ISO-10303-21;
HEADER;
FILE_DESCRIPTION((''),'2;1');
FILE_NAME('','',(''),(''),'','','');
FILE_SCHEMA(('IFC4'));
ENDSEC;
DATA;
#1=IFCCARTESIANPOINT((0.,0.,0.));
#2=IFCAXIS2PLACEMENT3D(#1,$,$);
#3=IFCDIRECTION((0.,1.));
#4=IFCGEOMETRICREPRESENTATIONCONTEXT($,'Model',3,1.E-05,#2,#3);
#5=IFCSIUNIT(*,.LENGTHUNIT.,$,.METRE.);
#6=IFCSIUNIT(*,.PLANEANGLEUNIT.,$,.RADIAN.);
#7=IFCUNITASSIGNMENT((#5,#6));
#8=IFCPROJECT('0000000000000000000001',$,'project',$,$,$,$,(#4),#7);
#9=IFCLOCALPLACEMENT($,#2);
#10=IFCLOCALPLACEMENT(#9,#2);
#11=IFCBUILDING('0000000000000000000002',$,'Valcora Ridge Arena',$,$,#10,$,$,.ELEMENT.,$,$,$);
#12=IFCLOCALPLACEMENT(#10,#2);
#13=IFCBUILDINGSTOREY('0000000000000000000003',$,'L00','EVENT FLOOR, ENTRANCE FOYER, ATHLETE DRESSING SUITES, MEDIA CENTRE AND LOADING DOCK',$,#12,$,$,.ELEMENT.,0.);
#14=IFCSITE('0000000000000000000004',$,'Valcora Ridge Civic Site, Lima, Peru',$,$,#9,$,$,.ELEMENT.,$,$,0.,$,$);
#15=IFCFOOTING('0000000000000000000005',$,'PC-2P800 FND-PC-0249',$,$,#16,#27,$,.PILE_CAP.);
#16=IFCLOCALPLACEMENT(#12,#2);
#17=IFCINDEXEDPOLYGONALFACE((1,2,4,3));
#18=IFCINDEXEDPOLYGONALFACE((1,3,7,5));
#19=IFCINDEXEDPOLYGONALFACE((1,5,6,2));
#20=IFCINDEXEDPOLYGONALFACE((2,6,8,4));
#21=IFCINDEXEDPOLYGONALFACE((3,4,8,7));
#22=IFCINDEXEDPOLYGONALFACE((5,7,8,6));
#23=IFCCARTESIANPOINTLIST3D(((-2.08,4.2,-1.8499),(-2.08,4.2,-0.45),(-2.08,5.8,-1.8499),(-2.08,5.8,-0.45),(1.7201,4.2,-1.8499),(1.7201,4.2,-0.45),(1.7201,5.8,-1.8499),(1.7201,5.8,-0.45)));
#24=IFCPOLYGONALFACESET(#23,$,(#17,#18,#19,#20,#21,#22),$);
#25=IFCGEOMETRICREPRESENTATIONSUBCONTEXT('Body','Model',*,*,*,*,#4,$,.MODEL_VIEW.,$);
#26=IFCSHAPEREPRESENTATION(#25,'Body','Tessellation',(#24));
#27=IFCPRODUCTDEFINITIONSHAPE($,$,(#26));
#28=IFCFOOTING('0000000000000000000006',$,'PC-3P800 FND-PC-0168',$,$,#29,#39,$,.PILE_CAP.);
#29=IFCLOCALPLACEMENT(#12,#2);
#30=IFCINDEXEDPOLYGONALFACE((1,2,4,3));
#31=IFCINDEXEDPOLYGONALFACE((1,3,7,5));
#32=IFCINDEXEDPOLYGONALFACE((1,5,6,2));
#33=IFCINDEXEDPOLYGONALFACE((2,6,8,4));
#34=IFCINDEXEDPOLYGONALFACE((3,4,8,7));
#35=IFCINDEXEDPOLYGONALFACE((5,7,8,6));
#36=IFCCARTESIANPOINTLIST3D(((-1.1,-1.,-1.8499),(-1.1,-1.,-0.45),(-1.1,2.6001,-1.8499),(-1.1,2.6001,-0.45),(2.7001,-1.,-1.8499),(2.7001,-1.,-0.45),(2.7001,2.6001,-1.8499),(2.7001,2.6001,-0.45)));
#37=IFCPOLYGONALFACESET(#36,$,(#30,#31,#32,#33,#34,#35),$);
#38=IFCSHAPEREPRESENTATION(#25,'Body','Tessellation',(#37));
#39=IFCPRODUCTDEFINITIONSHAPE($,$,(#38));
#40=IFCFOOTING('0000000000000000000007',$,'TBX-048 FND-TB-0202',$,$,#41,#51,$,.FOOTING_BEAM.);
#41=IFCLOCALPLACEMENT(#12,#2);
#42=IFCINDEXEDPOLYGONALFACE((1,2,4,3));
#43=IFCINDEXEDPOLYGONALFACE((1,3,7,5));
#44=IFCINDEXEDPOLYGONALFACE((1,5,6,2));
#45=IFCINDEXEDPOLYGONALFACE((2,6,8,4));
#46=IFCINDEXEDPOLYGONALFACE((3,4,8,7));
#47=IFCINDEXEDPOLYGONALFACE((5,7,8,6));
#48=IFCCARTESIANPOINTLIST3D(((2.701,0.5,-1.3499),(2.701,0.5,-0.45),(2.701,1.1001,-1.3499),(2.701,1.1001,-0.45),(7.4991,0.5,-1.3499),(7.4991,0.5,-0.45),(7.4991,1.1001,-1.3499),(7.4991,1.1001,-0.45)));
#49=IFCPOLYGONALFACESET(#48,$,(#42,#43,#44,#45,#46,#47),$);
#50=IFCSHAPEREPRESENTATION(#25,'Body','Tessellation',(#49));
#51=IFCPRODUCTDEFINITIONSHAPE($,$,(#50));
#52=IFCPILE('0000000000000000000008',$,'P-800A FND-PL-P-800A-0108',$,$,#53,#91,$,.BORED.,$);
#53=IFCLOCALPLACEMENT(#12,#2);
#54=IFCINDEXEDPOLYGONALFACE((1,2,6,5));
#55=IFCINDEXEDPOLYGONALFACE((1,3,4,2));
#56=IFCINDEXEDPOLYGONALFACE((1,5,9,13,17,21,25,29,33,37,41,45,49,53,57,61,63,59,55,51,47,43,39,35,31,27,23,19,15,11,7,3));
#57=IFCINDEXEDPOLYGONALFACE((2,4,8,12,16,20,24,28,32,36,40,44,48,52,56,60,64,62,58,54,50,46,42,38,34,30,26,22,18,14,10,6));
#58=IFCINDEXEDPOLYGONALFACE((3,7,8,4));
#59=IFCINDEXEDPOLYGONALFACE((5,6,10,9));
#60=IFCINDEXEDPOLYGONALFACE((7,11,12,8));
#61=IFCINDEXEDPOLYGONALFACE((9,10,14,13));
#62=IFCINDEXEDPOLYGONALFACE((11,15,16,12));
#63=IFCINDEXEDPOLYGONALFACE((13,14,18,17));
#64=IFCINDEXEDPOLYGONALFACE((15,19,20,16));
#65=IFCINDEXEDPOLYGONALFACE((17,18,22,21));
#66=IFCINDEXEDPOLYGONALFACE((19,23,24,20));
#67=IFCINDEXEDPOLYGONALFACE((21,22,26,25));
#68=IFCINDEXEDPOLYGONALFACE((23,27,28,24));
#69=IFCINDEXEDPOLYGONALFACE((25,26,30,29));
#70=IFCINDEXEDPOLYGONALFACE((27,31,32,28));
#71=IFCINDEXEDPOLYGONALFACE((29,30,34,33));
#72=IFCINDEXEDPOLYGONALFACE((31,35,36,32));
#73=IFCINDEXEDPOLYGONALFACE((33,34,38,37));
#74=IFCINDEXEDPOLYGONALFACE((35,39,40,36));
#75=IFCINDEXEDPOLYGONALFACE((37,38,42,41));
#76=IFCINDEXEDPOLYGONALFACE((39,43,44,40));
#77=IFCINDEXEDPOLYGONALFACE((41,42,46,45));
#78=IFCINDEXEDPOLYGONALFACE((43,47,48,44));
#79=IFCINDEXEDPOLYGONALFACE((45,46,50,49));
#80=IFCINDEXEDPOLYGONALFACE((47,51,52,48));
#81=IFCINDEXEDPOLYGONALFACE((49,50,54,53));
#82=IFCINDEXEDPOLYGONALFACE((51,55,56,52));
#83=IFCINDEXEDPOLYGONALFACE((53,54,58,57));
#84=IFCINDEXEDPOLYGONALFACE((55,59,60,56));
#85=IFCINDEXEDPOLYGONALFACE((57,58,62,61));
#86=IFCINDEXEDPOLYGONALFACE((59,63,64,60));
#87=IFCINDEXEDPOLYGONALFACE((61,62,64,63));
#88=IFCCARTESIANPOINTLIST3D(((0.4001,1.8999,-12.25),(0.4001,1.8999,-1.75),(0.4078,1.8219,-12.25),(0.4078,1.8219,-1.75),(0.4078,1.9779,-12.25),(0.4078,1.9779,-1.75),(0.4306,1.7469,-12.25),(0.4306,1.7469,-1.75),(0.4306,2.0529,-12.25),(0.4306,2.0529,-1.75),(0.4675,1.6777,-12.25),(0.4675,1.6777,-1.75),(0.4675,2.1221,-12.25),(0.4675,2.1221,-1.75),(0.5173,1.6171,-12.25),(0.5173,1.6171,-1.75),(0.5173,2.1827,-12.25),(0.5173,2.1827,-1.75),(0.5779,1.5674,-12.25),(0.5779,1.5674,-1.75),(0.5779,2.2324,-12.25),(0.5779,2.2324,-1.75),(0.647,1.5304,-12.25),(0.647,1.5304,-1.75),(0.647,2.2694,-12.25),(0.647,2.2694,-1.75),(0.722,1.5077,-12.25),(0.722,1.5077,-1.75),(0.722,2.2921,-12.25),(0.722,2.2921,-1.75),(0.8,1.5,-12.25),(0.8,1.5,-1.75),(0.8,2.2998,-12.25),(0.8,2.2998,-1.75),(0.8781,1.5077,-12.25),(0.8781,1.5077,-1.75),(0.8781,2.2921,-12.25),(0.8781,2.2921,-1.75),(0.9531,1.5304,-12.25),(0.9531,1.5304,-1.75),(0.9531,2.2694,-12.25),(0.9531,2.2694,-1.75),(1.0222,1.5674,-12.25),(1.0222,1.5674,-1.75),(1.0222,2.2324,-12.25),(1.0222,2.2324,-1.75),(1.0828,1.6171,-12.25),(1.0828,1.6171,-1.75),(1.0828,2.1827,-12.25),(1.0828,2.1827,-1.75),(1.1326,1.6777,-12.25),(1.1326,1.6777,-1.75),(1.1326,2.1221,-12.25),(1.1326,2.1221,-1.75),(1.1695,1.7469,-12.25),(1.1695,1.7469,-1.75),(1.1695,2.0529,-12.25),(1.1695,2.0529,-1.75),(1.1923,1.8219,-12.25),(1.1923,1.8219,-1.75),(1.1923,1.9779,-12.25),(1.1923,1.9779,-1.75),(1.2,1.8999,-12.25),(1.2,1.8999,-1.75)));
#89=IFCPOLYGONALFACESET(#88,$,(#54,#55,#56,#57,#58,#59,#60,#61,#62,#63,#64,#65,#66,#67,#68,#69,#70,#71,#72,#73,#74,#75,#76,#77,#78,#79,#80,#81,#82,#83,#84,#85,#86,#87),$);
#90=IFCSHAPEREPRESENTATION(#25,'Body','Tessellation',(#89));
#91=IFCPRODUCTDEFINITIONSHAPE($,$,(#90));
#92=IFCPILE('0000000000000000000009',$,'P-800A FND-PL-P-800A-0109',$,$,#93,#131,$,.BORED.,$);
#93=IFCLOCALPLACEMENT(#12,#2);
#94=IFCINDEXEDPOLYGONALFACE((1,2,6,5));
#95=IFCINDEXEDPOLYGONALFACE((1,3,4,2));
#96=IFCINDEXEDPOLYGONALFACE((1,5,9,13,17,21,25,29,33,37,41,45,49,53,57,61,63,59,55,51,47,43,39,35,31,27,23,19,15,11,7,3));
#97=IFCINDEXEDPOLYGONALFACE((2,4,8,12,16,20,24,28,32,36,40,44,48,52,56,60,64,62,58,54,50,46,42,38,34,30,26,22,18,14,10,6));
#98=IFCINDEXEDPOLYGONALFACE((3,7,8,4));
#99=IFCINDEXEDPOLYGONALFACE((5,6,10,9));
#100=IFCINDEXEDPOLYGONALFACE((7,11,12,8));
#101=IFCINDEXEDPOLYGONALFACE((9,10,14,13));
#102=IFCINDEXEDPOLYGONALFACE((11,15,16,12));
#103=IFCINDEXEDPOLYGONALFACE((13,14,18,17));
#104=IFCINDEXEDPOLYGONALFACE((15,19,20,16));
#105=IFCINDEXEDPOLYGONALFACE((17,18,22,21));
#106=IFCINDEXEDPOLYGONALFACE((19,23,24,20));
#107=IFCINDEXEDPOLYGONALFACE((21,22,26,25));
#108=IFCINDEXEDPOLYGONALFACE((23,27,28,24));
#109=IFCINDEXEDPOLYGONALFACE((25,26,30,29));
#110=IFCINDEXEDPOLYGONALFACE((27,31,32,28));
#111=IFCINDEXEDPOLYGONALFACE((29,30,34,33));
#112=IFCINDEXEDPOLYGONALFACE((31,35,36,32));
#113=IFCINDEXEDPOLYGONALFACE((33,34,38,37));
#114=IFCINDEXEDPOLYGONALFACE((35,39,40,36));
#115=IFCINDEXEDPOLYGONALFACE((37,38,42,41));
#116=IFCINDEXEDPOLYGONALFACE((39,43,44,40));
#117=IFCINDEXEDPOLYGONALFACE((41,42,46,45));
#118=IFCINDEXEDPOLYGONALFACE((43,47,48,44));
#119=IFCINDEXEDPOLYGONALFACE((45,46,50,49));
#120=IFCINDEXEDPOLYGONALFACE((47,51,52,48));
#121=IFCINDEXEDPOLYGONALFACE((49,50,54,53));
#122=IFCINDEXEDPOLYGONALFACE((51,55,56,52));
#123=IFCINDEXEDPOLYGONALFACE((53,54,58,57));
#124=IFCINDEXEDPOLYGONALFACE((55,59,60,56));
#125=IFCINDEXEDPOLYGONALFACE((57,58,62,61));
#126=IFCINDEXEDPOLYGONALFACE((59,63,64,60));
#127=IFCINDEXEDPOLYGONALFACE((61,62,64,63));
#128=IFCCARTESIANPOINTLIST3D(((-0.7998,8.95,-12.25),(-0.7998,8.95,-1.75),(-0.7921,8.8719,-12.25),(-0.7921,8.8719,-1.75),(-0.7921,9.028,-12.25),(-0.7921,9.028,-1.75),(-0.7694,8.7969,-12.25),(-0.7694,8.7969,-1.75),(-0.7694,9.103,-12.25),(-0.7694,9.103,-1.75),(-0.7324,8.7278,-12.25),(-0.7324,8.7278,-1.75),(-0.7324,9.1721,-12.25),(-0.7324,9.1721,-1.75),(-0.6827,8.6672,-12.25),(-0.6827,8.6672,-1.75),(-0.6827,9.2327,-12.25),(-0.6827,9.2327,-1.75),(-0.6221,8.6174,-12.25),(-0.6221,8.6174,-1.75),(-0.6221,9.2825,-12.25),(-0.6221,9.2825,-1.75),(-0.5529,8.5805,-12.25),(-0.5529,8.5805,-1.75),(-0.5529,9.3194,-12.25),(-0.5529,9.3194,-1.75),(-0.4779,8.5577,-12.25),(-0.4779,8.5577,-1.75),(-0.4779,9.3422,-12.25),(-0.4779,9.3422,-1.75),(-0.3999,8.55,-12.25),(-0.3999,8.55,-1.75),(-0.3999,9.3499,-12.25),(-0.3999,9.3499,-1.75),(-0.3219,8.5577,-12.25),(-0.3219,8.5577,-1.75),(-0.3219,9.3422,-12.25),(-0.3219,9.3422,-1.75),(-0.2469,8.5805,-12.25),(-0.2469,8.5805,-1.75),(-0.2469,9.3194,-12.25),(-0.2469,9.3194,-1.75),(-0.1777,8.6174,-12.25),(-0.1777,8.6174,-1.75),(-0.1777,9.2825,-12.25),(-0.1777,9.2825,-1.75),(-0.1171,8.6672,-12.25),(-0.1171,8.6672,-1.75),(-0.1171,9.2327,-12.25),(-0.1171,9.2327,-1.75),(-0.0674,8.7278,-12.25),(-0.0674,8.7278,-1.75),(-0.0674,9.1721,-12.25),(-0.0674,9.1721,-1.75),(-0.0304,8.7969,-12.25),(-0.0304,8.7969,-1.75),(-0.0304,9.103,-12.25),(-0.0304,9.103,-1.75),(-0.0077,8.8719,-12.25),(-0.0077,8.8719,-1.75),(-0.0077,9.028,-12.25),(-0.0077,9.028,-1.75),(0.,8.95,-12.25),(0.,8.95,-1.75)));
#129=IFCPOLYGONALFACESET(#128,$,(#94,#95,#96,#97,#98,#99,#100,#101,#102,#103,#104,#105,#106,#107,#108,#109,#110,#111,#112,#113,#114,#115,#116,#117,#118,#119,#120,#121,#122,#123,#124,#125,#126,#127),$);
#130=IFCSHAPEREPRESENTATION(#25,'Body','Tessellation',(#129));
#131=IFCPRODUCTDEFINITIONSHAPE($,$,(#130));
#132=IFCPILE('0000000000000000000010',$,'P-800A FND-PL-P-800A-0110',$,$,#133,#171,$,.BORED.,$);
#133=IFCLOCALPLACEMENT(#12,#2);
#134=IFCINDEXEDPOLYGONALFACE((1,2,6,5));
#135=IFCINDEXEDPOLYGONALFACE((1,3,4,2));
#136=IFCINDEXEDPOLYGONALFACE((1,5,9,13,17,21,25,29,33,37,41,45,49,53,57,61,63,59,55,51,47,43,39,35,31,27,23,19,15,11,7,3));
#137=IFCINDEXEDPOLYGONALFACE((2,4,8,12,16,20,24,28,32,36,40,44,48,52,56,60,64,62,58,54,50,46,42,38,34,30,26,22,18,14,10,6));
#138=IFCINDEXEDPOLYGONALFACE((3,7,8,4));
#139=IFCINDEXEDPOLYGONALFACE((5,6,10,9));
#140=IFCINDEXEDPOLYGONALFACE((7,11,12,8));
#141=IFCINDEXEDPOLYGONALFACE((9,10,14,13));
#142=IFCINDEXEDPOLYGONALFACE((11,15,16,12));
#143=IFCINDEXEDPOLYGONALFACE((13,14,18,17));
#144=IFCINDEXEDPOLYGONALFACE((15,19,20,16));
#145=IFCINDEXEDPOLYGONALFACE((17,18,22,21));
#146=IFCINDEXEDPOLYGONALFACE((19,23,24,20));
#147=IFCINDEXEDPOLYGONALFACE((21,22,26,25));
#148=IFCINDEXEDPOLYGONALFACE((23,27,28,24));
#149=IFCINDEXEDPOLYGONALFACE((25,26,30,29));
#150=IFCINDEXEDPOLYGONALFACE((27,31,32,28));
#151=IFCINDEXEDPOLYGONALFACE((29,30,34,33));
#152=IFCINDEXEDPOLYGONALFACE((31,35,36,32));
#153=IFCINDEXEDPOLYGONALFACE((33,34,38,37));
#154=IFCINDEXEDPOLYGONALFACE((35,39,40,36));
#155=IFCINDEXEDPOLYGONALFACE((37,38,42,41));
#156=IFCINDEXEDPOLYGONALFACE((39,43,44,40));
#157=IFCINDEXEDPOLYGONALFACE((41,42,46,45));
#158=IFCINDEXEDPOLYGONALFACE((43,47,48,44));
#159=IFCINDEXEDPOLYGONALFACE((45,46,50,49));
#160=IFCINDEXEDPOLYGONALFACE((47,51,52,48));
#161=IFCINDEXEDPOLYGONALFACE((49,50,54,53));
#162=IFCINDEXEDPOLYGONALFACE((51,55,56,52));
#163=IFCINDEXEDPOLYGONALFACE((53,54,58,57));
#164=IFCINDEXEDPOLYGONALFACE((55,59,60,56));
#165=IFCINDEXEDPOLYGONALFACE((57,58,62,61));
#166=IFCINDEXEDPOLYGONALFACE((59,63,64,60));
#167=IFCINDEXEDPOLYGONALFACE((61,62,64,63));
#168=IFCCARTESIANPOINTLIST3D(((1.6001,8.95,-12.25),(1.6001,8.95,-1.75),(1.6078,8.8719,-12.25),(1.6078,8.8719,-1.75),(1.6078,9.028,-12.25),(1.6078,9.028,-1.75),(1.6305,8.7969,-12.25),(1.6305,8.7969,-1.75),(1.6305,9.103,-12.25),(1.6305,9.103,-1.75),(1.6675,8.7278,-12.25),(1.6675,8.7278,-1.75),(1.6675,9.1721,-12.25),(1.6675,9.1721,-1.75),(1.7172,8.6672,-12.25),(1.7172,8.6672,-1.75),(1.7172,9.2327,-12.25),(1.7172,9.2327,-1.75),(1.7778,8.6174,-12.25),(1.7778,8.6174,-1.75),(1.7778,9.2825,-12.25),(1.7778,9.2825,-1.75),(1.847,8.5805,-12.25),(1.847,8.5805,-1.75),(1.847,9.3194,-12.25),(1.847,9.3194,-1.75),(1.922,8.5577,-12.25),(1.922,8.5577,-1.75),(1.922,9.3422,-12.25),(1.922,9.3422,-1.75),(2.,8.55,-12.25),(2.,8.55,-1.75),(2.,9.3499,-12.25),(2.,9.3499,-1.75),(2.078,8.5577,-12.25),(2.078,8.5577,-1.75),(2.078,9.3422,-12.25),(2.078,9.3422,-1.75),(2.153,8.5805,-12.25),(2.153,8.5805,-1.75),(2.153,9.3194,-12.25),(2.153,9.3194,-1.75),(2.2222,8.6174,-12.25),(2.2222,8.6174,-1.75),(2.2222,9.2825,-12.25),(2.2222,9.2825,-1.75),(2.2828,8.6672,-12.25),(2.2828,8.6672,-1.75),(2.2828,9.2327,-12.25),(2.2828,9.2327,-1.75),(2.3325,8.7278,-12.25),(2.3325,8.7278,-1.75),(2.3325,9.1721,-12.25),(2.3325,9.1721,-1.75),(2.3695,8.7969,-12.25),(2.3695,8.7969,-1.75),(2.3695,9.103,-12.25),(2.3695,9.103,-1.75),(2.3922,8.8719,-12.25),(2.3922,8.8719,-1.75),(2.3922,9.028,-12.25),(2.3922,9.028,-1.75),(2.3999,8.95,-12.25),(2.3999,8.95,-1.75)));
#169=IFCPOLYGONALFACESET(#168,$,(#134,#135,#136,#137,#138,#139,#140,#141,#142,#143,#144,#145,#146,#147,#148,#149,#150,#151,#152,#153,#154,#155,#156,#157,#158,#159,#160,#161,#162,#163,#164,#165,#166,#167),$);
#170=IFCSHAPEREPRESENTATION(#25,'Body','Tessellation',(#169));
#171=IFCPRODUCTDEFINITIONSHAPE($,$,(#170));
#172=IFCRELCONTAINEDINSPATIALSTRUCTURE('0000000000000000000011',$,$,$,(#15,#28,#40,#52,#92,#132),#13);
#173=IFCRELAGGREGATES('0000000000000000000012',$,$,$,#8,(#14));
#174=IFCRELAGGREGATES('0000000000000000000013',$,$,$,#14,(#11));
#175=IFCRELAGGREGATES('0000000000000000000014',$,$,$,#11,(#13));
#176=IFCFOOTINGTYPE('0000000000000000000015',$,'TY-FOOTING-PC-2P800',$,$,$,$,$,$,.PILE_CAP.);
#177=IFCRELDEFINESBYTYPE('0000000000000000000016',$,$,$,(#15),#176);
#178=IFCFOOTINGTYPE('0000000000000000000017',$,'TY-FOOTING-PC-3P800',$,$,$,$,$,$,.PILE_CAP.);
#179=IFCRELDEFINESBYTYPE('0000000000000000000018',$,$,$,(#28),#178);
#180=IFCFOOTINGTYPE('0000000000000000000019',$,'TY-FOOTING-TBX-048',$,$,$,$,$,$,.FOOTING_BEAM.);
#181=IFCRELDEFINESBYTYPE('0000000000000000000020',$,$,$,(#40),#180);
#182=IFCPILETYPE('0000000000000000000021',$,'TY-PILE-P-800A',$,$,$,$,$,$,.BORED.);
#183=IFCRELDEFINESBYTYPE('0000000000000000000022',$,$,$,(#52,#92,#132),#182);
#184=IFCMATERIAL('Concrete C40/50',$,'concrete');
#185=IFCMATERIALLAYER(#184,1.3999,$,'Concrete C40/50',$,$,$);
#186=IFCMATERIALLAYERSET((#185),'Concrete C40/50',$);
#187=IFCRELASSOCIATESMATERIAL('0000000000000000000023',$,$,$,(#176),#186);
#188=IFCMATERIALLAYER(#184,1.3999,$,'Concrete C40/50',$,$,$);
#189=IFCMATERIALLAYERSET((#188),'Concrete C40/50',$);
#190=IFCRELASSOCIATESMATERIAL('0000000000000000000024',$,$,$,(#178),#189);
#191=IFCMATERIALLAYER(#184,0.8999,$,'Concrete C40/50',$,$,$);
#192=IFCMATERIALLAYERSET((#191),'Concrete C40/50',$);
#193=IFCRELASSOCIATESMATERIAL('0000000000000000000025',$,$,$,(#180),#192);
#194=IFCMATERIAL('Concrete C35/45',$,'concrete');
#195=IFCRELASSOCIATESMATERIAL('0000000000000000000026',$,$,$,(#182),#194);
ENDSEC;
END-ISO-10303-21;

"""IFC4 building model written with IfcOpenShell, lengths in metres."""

from ifc_helpers import new_model, si_unit, direction, frame, origin, origin_2d, place, context, subcontext, project, spatial, rectangle, circle, extrude, material, layer, layer_set, material_profile, profile_set, type_object, element, save


model = new_model("IFC4")

# Units and contexts
model_context = context("Model", 3, precision=1e-05, world=origin(), true_north=direction((0.0, 1.0)))
body_context = subcontext(model_context, "Body", "Model", "MODEL_VIEW")
ifc_project = project(units=[si_unit("LENGTHUNIT", "METRE"), si_unit("PLANEANGLEUNIT", "RADIAN")], contexts=[model_context])

# Site, building, storey
site_placement = place(None, origin())
site = spatial("IfcSite", under=ifc_project, at=site_placement, Name="Valcora Ridge Civic Site, Lima, Peru", CompositionType="ELEMENT", RefElevation=0.0)
building_placement = place(site_placement, origin())
building = spatial("IfcBuilding", under=site, at=building_placement, Name="Valcora Ridge Arena", CompositionType="ELEMENT")
storey_placement = place(building_placement, origin())
storey = spatial("IfcBuildingStorey", under=building, at=storey_placement, Name="L00", Description="EVENT FLOOR, ENTRANCE FOYER, ATHLETE DRESSING SUITES, MEDIA CENTRE AND LOADING DOCK", CompositionType="ELEMENT", Elevation=0.0)

# Footings
ifc_material_1 = material(Name="Concrete C40/50", Category="concrete")
ifc_layer_1 = layer(ifc_material_1, 1.3999, Name="Concrete C40/50")
ifc_layer_set_1 = layer_set([ifc_layer_1], Name="Concrete C40/50")
footing_type_1 = type_object("IfcFootingType", Name="TY-FOOTING-PC-2P800", PredefinedType="PILE_CAP", material=ifc_layer_set_1)
footing_1_placement = place(storey_placement, frame((-0.1799, 5.0, -1.8499), z_axis=(0.0, 0.0, 1.0), x_axis=(1.0, 0.0, 0.0)))
element("IfcFooting", 1, at=footing_1_placement, inside=storey, type_object=footing_type_1, Name="PC-2P800 FND-PC-0249", PredefinedType="PILE_CAP", context=body_context, shape_type="SweptSolid", body=[
    extrude(rectangle(XDim=3.8, YDim=1.6001, at=origin_2d()), origin(), (0.0, 0.0, 1.0), 1.3999),
])
ifc_layer_2 = layer(ifc_material_1, 1.3999, Name="Concrete C40/50")
ifc_layer_set_2 = layer_set([ifc_layer_2], Name="Concrete C40/50")
footing_type_2 = type_object("IfcFootingType", Name="TY-FOOTING-PC-3P800", PredefinedType="PILE_CAP", material=ifc_layer_set_2)
footing_2_placement = place(storey_placement, frame((0.8, 0.8, -1.8499), z_axis=(0.0, 0.0, 1.0), x_axis=(1.0, 0.0, 0.0)))
element("IfcFooting", 2, at=footing_2_placement, inside=storey, type_object=footing_type_2, Name="PC-3P800 FND-PC-0168", PredefinedType="PILE_CAP", context=body_context, shape_type="SweptSolid", body=[
    extrude(rectangle(XDim=3.8, YDim=3.6001, at=origin_2d()), origin(), (0.0, 0.0, 1.0), 1.3999),
])
ifc_layer_3 = layer(ifc_material_1, 0.8999, Name="Concrete C40/50")
ifc_layer_set_3 = layer_set([ifc_layer_3], Name="Concrete C40/50")
footing_type_3 = type_object("IfcFootingType", Name="TY-FOOTING-TBX-048", PredefinedType="FOOTING_BEAM", material=ifc_layer_set_3)
footing_3_placement = place(storey_placement, frame((5.1001, 0.8, -1.3499), z_axis=(0.0, 0.0, 1.0), x_axis=(1.0, 0.0, 0.0)))
element("IfcFooting", 3, at=footing_3_placement, inside=storey, type_object=footing_type_3, Name="TBX-048 FND-TB-0202", PredefinedType="FOOTING_BEAM", context=body_context, shape_type="SweptSolid", body=[
    extrude(rectangle(XDim=4.7981, YDim=0.6001, at=origin_2d()), origin(), (0.0, 0.0, 1.0), 0.8999),
])

# Piles
ifc_material_2 = material(Name="Concrete C35/45", Category="concrete")
ifc_material_profile_1 = material_profile(ifc_material_2, circle(Radius=0.3999, at=origin_2d()), Name="BORED PILE D800")
ifc_profile_set_1 = profile_set([ifc_material_profile_1], Name="Concrete C35/45")
pile_type_1 = type_object("IfcPileType", Name="TY-PILE-P-800A", PredefinedType="BORED", material=ifc_profile_set_1)
for number, where, z_axis, x_axis, name in (
    (4, (0.8, 1.8999, -1.75), (0.0, 0.0, -1.0), (1.0, 0.0, 0.0), "P-800A FND-PL-P-800A-0108"),
    (5, (-0.3999, 8.95, -1.75), (0.0, 0.0, -1.0), (1.0, 0.0, 0.0), "P-800A FND-PL-P-800A-0109"),
    (6, (2.0, 8.95, -1.75), (0.0, 0.0, -1.0), (1.0, 0.0, 0.0), "P-800A FND-PL-P-800A-0110"),
):
    element("IfcPile", number, at=place(storey_placement, frame(where, z_axis=z_axis, x_axis=x_axis)), inside=storey, type_object=pile_type_1, Name=name, PredefinedType="BORED", context=body_context, shape_type="SweptSolid", body=[
        extrude(circle(Radius=0.3999, at=origin_2d()), origin(), (0.0, 0.0, 1.0), 10.5),
    ])

save(model, "model.ifc")
